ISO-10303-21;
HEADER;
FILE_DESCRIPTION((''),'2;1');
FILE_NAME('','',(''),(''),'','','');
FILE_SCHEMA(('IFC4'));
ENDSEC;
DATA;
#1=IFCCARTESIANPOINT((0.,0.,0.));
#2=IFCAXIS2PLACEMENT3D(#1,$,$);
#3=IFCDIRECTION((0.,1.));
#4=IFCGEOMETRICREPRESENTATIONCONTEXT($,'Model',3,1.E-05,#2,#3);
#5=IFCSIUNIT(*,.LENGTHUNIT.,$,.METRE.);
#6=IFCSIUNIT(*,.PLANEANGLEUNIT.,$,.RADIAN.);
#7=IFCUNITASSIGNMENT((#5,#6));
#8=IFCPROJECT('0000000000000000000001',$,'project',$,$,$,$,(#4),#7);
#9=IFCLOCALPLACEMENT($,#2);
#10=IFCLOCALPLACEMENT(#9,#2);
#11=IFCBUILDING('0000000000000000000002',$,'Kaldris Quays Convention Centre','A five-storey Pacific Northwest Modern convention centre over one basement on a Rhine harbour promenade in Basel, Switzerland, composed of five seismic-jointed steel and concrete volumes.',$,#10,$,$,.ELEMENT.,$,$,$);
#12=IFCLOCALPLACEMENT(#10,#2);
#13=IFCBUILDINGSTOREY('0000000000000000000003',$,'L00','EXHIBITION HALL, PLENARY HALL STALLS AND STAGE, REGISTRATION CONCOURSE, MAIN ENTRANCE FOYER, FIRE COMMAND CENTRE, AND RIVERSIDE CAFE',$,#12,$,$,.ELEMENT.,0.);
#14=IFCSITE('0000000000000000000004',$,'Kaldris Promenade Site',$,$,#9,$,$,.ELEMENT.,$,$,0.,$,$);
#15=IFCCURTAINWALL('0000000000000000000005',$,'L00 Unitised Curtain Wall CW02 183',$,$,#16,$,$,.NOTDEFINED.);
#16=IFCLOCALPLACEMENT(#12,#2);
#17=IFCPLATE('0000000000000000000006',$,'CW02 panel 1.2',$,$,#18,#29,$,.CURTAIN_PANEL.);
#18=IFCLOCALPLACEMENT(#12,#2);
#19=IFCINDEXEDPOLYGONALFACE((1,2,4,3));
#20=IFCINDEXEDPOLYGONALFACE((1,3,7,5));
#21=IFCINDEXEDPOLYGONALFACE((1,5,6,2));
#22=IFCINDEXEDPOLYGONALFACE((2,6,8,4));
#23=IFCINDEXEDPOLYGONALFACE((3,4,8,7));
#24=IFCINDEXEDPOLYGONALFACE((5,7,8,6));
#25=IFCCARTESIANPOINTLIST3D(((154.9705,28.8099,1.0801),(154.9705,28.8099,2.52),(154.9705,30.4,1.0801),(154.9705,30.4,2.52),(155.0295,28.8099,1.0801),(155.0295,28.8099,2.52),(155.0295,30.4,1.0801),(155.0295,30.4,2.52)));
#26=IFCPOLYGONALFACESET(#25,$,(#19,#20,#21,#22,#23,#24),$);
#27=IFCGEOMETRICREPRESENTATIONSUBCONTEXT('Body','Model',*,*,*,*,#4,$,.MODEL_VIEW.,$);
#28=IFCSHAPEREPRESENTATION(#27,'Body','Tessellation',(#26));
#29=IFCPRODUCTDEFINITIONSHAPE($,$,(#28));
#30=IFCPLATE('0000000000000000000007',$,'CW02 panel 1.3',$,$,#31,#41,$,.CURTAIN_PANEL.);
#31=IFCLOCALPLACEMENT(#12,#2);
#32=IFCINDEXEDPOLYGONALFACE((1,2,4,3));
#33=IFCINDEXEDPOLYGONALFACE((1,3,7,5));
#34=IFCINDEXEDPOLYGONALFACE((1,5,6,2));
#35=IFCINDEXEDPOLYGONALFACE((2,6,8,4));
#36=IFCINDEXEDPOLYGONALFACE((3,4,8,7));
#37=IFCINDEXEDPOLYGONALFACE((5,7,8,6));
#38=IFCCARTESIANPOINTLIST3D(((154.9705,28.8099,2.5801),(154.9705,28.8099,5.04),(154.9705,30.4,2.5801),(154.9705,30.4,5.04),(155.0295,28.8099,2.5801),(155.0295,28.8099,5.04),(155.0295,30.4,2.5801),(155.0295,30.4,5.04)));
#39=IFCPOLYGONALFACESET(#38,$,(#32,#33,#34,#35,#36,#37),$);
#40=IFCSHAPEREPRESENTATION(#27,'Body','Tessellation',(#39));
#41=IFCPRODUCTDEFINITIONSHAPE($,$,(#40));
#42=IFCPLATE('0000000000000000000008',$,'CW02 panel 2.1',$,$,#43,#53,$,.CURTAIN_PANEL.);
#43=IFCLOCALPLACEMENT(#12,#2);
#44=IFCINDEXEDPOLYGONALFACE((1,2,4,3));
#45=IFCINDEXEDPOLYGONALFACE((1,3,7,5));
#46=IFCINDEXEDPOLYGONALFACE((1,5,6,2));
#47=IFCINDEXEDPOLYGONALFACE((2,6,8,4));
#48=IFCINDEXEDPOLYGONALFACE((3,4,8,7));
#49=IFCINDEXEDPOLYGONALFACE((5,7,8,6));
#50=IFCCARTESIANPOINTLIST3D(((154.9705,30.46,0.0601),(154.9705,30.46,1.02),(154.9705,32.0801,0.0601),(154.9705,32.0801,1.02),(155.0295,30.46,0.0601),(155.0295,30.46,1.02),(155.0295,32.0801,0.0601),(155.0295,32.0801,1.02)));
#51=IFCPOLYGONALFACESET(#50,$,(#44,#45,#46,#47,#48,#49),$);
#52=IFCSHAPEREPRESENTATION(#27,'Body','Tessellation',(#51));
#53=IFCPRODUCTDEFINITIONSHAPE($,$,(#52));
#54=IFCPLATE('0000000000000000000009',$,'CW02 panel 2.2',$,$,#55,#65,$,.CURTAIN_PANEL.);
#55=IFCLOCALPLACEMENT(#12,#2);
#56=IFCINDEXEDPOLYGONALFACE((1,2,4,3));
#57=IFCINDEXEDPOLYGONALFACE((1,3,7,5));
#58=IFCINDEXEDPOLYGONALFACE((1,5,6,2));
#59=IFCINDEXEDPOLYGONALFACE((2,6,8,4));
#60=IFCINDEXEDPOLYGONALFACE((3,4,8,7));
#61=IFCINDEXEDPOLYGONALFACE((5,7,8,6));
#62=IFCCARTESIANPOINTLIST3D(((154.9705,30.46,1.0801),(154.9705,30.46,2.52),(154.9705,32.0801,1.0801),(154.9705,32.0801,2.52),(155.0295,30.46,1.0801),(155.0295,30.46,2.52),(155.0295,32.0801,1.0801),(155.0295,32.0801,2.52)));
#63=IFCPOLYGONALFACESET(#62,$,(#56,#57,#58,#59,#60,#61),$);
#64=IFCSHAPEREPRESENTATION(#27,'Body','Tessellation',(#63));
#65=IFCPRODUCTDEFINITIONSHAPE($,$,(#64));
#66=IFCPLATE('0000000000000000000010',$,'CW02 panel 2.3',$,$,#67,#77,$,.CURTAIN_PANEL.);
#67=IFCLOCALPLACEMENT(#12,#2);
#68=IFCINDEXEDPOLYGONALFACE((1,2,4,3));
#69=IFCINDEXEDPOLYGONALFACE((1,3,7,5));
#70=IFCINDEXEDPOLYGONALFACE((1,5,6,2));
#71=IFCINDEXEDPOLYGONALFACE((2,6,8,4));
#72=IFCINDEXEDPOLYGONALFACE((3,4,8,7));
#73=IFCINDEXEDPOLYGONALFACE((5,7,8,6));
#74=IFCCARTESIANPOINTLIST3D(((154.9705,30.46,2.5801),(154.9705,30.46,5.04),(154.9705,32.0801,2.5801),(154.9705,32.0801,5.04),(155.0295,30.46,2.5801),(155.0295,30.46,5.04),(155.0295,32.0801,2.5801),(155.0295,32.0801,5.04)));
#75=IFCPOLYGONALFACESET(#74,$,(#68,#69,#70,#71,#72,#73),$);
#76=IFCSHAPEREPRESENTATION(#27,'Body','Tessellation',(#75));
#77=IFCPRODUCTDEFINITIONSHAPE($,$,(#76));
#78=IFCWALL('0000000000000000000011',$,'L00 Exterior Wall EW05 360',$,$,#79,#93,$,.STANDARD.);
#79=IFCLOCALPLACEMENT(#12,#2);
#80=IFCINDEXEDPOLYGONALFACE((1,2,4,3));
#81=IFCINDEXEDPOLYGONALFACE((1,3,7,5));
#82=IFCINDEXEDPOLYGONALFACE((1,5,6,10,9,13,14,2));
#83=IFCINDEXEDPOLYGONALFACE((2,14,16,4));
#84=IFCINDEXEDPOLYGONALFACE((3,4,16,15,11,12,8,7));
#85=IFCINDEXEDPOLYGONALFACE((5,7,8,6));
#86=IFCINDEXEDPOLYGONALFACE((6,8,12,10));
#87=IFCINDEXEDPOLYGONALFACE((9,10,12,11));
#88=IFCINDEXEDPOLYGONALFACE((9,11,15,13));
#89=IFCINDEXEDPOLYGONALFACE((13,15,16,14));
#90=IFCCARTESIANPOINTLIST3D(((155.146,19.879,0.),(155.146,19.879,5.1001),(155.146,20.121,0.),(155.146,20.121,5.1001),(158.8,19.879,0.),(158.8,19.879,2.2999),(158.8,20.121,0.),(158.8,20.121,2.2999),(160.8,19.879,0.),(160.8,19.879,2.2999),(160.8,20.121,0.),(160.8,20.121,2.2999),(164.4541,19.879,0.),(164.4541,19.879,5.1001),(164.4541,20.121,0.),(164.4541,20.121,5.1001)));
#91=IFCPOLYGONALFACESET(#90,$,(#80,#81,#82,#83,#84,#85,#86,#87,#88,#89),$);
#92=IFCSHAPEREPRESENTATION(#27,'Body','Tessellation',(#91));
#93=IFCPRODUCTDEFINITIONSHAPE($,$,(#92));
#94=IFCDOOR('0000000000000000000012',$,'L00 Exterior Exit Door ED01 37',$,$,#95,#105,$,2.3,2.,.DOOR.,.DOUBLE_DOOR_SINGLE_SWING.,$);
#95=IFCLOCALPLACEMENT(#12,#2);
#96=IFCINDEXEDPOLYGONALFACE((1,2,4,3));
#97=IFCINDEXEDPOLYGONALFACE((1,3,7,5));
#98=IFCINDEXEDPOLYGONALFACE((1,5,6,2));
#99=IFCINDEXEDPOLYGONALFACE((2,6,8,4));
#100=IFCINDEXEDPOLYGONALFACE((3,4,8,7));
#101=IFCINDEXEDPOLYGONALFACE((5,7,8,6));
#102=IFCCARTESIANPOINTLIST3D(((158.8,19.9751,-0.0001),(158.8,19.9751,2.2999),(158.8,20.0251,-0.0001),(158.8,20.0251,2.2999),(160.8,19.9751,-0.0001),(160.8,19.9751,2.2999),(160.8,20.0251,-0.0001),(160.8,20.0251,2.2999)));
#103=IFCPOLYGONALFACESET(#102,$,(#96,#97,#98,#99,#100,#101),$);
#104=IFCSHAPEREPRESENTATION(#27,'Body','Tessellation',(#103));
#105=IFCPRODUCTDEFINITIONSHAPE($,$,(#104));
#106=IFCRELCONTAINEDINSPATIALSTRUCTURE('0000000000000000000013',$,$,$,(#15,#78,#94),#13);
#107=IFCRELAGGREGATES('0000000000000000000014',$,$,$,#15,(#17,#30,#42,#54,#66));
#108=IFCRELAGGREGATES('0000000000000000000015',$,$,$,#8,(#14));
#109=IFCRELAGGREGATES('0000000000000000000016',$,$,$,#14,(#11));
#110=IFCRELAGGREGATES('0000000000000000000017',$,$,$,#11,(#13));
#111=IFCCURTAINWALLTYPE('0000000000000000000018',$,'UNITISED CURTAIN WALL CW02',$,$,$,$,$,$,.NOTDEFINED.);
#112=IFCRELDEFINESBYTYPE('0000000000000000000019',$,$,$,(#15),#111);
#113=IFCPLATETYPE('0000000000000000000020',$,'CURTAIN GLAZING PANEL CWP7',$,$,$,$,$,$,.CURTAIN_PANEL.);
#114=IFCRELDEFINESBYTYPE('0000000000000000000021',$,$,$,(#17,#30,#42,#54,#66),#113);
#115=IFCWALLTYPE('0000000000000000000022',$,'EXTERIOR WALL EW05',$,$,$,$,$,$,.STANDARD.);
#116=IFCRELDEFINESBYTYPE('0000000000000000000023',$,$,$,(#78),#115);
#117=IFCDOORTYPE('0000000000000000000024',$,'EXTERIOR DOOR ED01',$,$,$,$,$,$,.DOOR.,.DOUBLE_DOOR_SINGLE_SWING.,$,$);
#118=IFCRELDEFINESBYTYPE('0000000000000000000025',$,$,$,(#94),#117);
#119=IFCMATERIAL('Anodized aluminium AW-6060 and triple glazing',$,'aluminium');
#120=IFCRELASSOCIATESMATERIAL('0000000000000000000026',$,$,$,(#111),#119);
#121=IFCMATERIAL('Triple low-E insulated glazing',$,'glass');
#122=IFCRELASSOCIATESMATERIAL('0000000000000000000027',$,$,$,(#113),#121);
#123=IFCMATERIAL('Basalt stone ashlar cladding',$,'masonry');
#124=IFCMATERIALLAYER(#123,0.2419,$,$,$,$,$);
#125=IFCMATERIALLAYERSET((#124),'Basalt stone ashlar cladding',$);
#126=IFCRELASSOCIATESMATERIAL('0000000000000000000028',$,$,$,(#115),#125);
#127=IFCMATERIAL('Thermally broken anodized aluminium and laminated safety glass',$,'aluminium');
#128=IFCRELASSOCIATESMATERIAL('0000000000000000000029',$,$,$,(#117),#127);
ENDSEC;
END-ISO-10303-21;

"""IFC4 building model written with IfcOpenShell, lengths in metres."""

from ifc_helpers import new_model, si_unit, direction, frame, frame_2d, origin, origin_2d, place, context, subcontext, project, spatial, rectangle, extrude, material, layer, layer_set, type_object, element, fill, aggregate, save


model = new_model("IFC4")

# Units and contexts
model_context = context("Model", 3, precision=1e-05, world=origin(), true_north=direction((0.0, 1.0)))
body_context = subcontext(model_context, "Body", "Model", "MODEL_VIEW")
ifc_project = project(units=[si_unit("LENGTHUNIT", "METRE"), si_unit("PLANEANGLEUNIT", "RADIAN")], contexts=[model_context])

# Site, building, storey
site_placement = place(None, origin())
site = spatial("IfcSite", under=ifc_project, at=site_placement, Name="Kaldris Promenade Site", CompositionType="ELEMENT", RefElevation=0.0)
building_placement = place(site_placement, origin())
building = spatial("IfcBuilding", under=site, at=building_placement, Name="Kaldris Quays Convention Centre", Description="A five-storey Pacific Northwest Modern convention centre over one basement on a Rhine harbour promenade in Basel, Switzerland, composed of five seismic-jointed steel and concrete volumes.", CompositionType="ELEMENT")
storey_placement = place(building_placement, origin())
storey = spatial("IfcBuildingStorey", under=building, at=storey_placement, Name="L00", Description="EXHIBITION HALL, PLENARY HALL STALLS AND STAGE, REGISTRATION CONCOURSE, MAIN ENTRANCE FOYER, FIRE COMMAND CENTRE, AND RIVERSIDE CAFE", CompositionType="ELEMENT", Elevation=0.0)

# Curtain wall
ifc_material_1 = material(Name="Anodized aluminium AW-6060 and triple glazing", Category="aluminium")
curtain_wall_type = type_object("IfcCurtainWallType", Name="UNITISED CURTAIN WALL CW02", PredefinedType="NOTDEFINED", material=ifc_material_1)
curtain_wall_placement = place(storey_placement, origin())
curtain_wall = element("IfcCurtainWall", 1, at=curtain_wall_placement, inside=storey, type_object=curtain_wall_type, Name="L00 Unitised Curtain Wall CW02 183", PredefinedType="NOTDEFINED")

# Plates
ifc_material_2 = material(Name="Triple low-E insulated glazing", Category="glass")
plate_type = type_object("IfcPlateType", Name="CURTAIN GLAZING PANEL CWP7", PredefinedType="CURTAIN_PANEL", material=ifc_material_2)
plate_1_placement = place(storey_placement, frame((155.0, 29.605, 1.0801), z_axis=(0.0, 0.0, 1.0), x_axis=(0.0, 1.0, 0.0)))
plate_1 = element("IfcPlate", 2, at=plate_1_placement, type_object=plate_type, Name="CW02 panel 1.2", PredefinedType="CURTAIN_PANEL", context=body_context, shape_type="SweptSolid", body=[
    extrude(rectangle(XDim=1.5901, YDim=0.0591, at=origin_2d()), origin(), (0.0, 0.0, 1.0), 1.4399),
])
plate_2_placement = place(storey_placement, frame((155.0, 29.605, 2.5801), z_axis=(0.0, 0.0, 1.0), x_axis=(0.0, 1.0, 0.0)))
plate_2 = element("IfcPlate", 3, at=plate_2_placement, type_object=plate_type, Name="CW02 panel 1.3", PredefinedType="CURTAIN_PANEL", context=body_context, shape_type="SweptSolid", body=[
    extrude(rectangle(XDim=1.5901, YDim=0.0591, at=origin_2d()), origin(), (0.0, 0.0, 1.0), 2.46),
])
plate_3_placement = place(storey_placement, frame((155.0, 31.27, 0.0601), z_axis=(0.0, 0.0, 1.0), x_axis=(0.0, 1.0, 0.0)))
plate_3 = element("IfcPlate", 4, at=plate_3_placement, type_object=plate_type, Name="CW02 panel 2.1", PredefinedType="CURTAIN_PANEL", context=body_context, shape_type="SweptSolid", body=[
    extrude(rectangle(XDim=1.6201, YDim=0.0591, at=origin_2d()), origin(), (0.0, 0.0, 1.0), 0.96),
])
plate_4_placement = place(storey_placement, frame((155.0, 31.27, 1.0801), z_axis=(0.0, 0.0, 1.0), x_axis=(0.0, 1.0, 0.0)))
plate_4 = element("IfcPlate", 5, at=plate_4_placement, type_object=plate_type, Name="CW02 panel 2.2", PredefinedType="CURTAIN_PANEL", context=body_context, shape_type="SweptSolid", body=[
    extrude(rectangle(XDim=1.6201, YDim=0.0591, at=origin_2d()), origin(), (0.0, 0.0, 1.0), 1.4399),
])
plate_5_placement = place(storey_placement, frame((155.0, 31.27, 2.5801), z_axis=(0.0, 0.0, 1.0), x_axis=(0.0, 1.0, 0.0)))
plate_5 = element("IfcPlate", 6, at=plate_5_placement, type_object=plate_type, Name="CW02 panel 2.3", PredefinedType="CURTAIN_PANEL", context=body_context, shape_type="SweptSolid", body=[
    extrude(rectangle(XDim=1.6201, YDim=0.0591, at=origin_2d()), origin(), (0.0, 0.0, 1.0), 2.46),
])
aggregate(curtain_wall, [plate_1, plate_2, plate_3, plate_4, plate_5])

# Wall, opening, door
ifc_material_3 = material(Name="Basalt stone ashlar cladding", Category="masonry")
ifc_layer = layer(ifc_material_3, 0.2419)
ifc_layer_set = layer_set([ifc_layer], Name="Basalt stone ashlar cladding")
wall_type = type_object("IfcWallType", Name="EXTERIOR WALL EW05", PredefinedType="STANDARD", material=ifc_layer_set)
wall_placement = place(storey_placement, frame((155.146, 20.0, 0.0), z_axis=(0.0, 0.0, 1.0), x_axis=(1.0, 0.0, 0.0)))
wall = element("IfcWall", 7, at=wall_placement, inside=storey, type_object=wall_type, Name="L00 Exterior Wall EW05 360", PredefinedType="STANDARD", context=body_context, shape_type="SweptSolid", body=[
    extrude(rectangle(XDim=9.3081, YDim=0.2419, at=frame_2d((4.6541, 0.0))), origin(), (0.0, 0.0, 1.0), 5.1001),
])
opening_placement = place(wall_placement, frame((3.6541, 0.0, 0.0)))
opening = element("IfcOpeningElement", 8, at=opening_placement, cuts=wall, PredefinedType="OPENING", context=body_context, shape_type="SweptSolid", body=[
    extrude(rectangle(XDim=2.0, YDim=2.3, at=frame_2d((1.0, 1.1499))), frame((0.0, 0.1309, 0.0), z_axis=(0.0, -1.0, 0.0), x_axis=(1.0, 0.0, 0.0)), (0.0, 0.0, 1.0), 0.262),
])
ifc_material_4 = material(Name="Thermally broken anodized aluminium and laminated safety glass", Category="aluminium")
door_type = type_object("IfcDoorType", Name="EXTERIOR DOOR ED01", OperationType="DOUBLE_DOOR_SINGLE_SWING", PredefinedType="DOOR", material=ifc_material_4)
door_placement = place(opening_placement, frame((2.0, 0.0, 0.0), z_axis=(0.0, 0.0, 1.0), x_axis=(-1.0, 0.0, 0.0)))
door = element("IfcDoor", 9, at=door_placement, inside=storey, type_object=door_type, Name="L00 Exterior Exit Door ED01 37", OperationType="DOUBLE_DOOR_SINGLE_SWING", OverallHeight=2.3, OverallWidth=2.0, PredefinedType="DOOR", context=body_context, shape_type="SweptSolid", body=[
    extrude(rectangle(XDim=2.0, YDim=2.3, at=frame_2d((1.0, 1.1499))), frame((0.0, 0.0249, 0.0), z_axis=(0.0, -1.0, 0.0), x_axis=(1.0, 0.0, 0.0)), (0.0, 0.0, 1.0), 0.05),
])
fill(opening, door)

save(model, "model.ifc")
